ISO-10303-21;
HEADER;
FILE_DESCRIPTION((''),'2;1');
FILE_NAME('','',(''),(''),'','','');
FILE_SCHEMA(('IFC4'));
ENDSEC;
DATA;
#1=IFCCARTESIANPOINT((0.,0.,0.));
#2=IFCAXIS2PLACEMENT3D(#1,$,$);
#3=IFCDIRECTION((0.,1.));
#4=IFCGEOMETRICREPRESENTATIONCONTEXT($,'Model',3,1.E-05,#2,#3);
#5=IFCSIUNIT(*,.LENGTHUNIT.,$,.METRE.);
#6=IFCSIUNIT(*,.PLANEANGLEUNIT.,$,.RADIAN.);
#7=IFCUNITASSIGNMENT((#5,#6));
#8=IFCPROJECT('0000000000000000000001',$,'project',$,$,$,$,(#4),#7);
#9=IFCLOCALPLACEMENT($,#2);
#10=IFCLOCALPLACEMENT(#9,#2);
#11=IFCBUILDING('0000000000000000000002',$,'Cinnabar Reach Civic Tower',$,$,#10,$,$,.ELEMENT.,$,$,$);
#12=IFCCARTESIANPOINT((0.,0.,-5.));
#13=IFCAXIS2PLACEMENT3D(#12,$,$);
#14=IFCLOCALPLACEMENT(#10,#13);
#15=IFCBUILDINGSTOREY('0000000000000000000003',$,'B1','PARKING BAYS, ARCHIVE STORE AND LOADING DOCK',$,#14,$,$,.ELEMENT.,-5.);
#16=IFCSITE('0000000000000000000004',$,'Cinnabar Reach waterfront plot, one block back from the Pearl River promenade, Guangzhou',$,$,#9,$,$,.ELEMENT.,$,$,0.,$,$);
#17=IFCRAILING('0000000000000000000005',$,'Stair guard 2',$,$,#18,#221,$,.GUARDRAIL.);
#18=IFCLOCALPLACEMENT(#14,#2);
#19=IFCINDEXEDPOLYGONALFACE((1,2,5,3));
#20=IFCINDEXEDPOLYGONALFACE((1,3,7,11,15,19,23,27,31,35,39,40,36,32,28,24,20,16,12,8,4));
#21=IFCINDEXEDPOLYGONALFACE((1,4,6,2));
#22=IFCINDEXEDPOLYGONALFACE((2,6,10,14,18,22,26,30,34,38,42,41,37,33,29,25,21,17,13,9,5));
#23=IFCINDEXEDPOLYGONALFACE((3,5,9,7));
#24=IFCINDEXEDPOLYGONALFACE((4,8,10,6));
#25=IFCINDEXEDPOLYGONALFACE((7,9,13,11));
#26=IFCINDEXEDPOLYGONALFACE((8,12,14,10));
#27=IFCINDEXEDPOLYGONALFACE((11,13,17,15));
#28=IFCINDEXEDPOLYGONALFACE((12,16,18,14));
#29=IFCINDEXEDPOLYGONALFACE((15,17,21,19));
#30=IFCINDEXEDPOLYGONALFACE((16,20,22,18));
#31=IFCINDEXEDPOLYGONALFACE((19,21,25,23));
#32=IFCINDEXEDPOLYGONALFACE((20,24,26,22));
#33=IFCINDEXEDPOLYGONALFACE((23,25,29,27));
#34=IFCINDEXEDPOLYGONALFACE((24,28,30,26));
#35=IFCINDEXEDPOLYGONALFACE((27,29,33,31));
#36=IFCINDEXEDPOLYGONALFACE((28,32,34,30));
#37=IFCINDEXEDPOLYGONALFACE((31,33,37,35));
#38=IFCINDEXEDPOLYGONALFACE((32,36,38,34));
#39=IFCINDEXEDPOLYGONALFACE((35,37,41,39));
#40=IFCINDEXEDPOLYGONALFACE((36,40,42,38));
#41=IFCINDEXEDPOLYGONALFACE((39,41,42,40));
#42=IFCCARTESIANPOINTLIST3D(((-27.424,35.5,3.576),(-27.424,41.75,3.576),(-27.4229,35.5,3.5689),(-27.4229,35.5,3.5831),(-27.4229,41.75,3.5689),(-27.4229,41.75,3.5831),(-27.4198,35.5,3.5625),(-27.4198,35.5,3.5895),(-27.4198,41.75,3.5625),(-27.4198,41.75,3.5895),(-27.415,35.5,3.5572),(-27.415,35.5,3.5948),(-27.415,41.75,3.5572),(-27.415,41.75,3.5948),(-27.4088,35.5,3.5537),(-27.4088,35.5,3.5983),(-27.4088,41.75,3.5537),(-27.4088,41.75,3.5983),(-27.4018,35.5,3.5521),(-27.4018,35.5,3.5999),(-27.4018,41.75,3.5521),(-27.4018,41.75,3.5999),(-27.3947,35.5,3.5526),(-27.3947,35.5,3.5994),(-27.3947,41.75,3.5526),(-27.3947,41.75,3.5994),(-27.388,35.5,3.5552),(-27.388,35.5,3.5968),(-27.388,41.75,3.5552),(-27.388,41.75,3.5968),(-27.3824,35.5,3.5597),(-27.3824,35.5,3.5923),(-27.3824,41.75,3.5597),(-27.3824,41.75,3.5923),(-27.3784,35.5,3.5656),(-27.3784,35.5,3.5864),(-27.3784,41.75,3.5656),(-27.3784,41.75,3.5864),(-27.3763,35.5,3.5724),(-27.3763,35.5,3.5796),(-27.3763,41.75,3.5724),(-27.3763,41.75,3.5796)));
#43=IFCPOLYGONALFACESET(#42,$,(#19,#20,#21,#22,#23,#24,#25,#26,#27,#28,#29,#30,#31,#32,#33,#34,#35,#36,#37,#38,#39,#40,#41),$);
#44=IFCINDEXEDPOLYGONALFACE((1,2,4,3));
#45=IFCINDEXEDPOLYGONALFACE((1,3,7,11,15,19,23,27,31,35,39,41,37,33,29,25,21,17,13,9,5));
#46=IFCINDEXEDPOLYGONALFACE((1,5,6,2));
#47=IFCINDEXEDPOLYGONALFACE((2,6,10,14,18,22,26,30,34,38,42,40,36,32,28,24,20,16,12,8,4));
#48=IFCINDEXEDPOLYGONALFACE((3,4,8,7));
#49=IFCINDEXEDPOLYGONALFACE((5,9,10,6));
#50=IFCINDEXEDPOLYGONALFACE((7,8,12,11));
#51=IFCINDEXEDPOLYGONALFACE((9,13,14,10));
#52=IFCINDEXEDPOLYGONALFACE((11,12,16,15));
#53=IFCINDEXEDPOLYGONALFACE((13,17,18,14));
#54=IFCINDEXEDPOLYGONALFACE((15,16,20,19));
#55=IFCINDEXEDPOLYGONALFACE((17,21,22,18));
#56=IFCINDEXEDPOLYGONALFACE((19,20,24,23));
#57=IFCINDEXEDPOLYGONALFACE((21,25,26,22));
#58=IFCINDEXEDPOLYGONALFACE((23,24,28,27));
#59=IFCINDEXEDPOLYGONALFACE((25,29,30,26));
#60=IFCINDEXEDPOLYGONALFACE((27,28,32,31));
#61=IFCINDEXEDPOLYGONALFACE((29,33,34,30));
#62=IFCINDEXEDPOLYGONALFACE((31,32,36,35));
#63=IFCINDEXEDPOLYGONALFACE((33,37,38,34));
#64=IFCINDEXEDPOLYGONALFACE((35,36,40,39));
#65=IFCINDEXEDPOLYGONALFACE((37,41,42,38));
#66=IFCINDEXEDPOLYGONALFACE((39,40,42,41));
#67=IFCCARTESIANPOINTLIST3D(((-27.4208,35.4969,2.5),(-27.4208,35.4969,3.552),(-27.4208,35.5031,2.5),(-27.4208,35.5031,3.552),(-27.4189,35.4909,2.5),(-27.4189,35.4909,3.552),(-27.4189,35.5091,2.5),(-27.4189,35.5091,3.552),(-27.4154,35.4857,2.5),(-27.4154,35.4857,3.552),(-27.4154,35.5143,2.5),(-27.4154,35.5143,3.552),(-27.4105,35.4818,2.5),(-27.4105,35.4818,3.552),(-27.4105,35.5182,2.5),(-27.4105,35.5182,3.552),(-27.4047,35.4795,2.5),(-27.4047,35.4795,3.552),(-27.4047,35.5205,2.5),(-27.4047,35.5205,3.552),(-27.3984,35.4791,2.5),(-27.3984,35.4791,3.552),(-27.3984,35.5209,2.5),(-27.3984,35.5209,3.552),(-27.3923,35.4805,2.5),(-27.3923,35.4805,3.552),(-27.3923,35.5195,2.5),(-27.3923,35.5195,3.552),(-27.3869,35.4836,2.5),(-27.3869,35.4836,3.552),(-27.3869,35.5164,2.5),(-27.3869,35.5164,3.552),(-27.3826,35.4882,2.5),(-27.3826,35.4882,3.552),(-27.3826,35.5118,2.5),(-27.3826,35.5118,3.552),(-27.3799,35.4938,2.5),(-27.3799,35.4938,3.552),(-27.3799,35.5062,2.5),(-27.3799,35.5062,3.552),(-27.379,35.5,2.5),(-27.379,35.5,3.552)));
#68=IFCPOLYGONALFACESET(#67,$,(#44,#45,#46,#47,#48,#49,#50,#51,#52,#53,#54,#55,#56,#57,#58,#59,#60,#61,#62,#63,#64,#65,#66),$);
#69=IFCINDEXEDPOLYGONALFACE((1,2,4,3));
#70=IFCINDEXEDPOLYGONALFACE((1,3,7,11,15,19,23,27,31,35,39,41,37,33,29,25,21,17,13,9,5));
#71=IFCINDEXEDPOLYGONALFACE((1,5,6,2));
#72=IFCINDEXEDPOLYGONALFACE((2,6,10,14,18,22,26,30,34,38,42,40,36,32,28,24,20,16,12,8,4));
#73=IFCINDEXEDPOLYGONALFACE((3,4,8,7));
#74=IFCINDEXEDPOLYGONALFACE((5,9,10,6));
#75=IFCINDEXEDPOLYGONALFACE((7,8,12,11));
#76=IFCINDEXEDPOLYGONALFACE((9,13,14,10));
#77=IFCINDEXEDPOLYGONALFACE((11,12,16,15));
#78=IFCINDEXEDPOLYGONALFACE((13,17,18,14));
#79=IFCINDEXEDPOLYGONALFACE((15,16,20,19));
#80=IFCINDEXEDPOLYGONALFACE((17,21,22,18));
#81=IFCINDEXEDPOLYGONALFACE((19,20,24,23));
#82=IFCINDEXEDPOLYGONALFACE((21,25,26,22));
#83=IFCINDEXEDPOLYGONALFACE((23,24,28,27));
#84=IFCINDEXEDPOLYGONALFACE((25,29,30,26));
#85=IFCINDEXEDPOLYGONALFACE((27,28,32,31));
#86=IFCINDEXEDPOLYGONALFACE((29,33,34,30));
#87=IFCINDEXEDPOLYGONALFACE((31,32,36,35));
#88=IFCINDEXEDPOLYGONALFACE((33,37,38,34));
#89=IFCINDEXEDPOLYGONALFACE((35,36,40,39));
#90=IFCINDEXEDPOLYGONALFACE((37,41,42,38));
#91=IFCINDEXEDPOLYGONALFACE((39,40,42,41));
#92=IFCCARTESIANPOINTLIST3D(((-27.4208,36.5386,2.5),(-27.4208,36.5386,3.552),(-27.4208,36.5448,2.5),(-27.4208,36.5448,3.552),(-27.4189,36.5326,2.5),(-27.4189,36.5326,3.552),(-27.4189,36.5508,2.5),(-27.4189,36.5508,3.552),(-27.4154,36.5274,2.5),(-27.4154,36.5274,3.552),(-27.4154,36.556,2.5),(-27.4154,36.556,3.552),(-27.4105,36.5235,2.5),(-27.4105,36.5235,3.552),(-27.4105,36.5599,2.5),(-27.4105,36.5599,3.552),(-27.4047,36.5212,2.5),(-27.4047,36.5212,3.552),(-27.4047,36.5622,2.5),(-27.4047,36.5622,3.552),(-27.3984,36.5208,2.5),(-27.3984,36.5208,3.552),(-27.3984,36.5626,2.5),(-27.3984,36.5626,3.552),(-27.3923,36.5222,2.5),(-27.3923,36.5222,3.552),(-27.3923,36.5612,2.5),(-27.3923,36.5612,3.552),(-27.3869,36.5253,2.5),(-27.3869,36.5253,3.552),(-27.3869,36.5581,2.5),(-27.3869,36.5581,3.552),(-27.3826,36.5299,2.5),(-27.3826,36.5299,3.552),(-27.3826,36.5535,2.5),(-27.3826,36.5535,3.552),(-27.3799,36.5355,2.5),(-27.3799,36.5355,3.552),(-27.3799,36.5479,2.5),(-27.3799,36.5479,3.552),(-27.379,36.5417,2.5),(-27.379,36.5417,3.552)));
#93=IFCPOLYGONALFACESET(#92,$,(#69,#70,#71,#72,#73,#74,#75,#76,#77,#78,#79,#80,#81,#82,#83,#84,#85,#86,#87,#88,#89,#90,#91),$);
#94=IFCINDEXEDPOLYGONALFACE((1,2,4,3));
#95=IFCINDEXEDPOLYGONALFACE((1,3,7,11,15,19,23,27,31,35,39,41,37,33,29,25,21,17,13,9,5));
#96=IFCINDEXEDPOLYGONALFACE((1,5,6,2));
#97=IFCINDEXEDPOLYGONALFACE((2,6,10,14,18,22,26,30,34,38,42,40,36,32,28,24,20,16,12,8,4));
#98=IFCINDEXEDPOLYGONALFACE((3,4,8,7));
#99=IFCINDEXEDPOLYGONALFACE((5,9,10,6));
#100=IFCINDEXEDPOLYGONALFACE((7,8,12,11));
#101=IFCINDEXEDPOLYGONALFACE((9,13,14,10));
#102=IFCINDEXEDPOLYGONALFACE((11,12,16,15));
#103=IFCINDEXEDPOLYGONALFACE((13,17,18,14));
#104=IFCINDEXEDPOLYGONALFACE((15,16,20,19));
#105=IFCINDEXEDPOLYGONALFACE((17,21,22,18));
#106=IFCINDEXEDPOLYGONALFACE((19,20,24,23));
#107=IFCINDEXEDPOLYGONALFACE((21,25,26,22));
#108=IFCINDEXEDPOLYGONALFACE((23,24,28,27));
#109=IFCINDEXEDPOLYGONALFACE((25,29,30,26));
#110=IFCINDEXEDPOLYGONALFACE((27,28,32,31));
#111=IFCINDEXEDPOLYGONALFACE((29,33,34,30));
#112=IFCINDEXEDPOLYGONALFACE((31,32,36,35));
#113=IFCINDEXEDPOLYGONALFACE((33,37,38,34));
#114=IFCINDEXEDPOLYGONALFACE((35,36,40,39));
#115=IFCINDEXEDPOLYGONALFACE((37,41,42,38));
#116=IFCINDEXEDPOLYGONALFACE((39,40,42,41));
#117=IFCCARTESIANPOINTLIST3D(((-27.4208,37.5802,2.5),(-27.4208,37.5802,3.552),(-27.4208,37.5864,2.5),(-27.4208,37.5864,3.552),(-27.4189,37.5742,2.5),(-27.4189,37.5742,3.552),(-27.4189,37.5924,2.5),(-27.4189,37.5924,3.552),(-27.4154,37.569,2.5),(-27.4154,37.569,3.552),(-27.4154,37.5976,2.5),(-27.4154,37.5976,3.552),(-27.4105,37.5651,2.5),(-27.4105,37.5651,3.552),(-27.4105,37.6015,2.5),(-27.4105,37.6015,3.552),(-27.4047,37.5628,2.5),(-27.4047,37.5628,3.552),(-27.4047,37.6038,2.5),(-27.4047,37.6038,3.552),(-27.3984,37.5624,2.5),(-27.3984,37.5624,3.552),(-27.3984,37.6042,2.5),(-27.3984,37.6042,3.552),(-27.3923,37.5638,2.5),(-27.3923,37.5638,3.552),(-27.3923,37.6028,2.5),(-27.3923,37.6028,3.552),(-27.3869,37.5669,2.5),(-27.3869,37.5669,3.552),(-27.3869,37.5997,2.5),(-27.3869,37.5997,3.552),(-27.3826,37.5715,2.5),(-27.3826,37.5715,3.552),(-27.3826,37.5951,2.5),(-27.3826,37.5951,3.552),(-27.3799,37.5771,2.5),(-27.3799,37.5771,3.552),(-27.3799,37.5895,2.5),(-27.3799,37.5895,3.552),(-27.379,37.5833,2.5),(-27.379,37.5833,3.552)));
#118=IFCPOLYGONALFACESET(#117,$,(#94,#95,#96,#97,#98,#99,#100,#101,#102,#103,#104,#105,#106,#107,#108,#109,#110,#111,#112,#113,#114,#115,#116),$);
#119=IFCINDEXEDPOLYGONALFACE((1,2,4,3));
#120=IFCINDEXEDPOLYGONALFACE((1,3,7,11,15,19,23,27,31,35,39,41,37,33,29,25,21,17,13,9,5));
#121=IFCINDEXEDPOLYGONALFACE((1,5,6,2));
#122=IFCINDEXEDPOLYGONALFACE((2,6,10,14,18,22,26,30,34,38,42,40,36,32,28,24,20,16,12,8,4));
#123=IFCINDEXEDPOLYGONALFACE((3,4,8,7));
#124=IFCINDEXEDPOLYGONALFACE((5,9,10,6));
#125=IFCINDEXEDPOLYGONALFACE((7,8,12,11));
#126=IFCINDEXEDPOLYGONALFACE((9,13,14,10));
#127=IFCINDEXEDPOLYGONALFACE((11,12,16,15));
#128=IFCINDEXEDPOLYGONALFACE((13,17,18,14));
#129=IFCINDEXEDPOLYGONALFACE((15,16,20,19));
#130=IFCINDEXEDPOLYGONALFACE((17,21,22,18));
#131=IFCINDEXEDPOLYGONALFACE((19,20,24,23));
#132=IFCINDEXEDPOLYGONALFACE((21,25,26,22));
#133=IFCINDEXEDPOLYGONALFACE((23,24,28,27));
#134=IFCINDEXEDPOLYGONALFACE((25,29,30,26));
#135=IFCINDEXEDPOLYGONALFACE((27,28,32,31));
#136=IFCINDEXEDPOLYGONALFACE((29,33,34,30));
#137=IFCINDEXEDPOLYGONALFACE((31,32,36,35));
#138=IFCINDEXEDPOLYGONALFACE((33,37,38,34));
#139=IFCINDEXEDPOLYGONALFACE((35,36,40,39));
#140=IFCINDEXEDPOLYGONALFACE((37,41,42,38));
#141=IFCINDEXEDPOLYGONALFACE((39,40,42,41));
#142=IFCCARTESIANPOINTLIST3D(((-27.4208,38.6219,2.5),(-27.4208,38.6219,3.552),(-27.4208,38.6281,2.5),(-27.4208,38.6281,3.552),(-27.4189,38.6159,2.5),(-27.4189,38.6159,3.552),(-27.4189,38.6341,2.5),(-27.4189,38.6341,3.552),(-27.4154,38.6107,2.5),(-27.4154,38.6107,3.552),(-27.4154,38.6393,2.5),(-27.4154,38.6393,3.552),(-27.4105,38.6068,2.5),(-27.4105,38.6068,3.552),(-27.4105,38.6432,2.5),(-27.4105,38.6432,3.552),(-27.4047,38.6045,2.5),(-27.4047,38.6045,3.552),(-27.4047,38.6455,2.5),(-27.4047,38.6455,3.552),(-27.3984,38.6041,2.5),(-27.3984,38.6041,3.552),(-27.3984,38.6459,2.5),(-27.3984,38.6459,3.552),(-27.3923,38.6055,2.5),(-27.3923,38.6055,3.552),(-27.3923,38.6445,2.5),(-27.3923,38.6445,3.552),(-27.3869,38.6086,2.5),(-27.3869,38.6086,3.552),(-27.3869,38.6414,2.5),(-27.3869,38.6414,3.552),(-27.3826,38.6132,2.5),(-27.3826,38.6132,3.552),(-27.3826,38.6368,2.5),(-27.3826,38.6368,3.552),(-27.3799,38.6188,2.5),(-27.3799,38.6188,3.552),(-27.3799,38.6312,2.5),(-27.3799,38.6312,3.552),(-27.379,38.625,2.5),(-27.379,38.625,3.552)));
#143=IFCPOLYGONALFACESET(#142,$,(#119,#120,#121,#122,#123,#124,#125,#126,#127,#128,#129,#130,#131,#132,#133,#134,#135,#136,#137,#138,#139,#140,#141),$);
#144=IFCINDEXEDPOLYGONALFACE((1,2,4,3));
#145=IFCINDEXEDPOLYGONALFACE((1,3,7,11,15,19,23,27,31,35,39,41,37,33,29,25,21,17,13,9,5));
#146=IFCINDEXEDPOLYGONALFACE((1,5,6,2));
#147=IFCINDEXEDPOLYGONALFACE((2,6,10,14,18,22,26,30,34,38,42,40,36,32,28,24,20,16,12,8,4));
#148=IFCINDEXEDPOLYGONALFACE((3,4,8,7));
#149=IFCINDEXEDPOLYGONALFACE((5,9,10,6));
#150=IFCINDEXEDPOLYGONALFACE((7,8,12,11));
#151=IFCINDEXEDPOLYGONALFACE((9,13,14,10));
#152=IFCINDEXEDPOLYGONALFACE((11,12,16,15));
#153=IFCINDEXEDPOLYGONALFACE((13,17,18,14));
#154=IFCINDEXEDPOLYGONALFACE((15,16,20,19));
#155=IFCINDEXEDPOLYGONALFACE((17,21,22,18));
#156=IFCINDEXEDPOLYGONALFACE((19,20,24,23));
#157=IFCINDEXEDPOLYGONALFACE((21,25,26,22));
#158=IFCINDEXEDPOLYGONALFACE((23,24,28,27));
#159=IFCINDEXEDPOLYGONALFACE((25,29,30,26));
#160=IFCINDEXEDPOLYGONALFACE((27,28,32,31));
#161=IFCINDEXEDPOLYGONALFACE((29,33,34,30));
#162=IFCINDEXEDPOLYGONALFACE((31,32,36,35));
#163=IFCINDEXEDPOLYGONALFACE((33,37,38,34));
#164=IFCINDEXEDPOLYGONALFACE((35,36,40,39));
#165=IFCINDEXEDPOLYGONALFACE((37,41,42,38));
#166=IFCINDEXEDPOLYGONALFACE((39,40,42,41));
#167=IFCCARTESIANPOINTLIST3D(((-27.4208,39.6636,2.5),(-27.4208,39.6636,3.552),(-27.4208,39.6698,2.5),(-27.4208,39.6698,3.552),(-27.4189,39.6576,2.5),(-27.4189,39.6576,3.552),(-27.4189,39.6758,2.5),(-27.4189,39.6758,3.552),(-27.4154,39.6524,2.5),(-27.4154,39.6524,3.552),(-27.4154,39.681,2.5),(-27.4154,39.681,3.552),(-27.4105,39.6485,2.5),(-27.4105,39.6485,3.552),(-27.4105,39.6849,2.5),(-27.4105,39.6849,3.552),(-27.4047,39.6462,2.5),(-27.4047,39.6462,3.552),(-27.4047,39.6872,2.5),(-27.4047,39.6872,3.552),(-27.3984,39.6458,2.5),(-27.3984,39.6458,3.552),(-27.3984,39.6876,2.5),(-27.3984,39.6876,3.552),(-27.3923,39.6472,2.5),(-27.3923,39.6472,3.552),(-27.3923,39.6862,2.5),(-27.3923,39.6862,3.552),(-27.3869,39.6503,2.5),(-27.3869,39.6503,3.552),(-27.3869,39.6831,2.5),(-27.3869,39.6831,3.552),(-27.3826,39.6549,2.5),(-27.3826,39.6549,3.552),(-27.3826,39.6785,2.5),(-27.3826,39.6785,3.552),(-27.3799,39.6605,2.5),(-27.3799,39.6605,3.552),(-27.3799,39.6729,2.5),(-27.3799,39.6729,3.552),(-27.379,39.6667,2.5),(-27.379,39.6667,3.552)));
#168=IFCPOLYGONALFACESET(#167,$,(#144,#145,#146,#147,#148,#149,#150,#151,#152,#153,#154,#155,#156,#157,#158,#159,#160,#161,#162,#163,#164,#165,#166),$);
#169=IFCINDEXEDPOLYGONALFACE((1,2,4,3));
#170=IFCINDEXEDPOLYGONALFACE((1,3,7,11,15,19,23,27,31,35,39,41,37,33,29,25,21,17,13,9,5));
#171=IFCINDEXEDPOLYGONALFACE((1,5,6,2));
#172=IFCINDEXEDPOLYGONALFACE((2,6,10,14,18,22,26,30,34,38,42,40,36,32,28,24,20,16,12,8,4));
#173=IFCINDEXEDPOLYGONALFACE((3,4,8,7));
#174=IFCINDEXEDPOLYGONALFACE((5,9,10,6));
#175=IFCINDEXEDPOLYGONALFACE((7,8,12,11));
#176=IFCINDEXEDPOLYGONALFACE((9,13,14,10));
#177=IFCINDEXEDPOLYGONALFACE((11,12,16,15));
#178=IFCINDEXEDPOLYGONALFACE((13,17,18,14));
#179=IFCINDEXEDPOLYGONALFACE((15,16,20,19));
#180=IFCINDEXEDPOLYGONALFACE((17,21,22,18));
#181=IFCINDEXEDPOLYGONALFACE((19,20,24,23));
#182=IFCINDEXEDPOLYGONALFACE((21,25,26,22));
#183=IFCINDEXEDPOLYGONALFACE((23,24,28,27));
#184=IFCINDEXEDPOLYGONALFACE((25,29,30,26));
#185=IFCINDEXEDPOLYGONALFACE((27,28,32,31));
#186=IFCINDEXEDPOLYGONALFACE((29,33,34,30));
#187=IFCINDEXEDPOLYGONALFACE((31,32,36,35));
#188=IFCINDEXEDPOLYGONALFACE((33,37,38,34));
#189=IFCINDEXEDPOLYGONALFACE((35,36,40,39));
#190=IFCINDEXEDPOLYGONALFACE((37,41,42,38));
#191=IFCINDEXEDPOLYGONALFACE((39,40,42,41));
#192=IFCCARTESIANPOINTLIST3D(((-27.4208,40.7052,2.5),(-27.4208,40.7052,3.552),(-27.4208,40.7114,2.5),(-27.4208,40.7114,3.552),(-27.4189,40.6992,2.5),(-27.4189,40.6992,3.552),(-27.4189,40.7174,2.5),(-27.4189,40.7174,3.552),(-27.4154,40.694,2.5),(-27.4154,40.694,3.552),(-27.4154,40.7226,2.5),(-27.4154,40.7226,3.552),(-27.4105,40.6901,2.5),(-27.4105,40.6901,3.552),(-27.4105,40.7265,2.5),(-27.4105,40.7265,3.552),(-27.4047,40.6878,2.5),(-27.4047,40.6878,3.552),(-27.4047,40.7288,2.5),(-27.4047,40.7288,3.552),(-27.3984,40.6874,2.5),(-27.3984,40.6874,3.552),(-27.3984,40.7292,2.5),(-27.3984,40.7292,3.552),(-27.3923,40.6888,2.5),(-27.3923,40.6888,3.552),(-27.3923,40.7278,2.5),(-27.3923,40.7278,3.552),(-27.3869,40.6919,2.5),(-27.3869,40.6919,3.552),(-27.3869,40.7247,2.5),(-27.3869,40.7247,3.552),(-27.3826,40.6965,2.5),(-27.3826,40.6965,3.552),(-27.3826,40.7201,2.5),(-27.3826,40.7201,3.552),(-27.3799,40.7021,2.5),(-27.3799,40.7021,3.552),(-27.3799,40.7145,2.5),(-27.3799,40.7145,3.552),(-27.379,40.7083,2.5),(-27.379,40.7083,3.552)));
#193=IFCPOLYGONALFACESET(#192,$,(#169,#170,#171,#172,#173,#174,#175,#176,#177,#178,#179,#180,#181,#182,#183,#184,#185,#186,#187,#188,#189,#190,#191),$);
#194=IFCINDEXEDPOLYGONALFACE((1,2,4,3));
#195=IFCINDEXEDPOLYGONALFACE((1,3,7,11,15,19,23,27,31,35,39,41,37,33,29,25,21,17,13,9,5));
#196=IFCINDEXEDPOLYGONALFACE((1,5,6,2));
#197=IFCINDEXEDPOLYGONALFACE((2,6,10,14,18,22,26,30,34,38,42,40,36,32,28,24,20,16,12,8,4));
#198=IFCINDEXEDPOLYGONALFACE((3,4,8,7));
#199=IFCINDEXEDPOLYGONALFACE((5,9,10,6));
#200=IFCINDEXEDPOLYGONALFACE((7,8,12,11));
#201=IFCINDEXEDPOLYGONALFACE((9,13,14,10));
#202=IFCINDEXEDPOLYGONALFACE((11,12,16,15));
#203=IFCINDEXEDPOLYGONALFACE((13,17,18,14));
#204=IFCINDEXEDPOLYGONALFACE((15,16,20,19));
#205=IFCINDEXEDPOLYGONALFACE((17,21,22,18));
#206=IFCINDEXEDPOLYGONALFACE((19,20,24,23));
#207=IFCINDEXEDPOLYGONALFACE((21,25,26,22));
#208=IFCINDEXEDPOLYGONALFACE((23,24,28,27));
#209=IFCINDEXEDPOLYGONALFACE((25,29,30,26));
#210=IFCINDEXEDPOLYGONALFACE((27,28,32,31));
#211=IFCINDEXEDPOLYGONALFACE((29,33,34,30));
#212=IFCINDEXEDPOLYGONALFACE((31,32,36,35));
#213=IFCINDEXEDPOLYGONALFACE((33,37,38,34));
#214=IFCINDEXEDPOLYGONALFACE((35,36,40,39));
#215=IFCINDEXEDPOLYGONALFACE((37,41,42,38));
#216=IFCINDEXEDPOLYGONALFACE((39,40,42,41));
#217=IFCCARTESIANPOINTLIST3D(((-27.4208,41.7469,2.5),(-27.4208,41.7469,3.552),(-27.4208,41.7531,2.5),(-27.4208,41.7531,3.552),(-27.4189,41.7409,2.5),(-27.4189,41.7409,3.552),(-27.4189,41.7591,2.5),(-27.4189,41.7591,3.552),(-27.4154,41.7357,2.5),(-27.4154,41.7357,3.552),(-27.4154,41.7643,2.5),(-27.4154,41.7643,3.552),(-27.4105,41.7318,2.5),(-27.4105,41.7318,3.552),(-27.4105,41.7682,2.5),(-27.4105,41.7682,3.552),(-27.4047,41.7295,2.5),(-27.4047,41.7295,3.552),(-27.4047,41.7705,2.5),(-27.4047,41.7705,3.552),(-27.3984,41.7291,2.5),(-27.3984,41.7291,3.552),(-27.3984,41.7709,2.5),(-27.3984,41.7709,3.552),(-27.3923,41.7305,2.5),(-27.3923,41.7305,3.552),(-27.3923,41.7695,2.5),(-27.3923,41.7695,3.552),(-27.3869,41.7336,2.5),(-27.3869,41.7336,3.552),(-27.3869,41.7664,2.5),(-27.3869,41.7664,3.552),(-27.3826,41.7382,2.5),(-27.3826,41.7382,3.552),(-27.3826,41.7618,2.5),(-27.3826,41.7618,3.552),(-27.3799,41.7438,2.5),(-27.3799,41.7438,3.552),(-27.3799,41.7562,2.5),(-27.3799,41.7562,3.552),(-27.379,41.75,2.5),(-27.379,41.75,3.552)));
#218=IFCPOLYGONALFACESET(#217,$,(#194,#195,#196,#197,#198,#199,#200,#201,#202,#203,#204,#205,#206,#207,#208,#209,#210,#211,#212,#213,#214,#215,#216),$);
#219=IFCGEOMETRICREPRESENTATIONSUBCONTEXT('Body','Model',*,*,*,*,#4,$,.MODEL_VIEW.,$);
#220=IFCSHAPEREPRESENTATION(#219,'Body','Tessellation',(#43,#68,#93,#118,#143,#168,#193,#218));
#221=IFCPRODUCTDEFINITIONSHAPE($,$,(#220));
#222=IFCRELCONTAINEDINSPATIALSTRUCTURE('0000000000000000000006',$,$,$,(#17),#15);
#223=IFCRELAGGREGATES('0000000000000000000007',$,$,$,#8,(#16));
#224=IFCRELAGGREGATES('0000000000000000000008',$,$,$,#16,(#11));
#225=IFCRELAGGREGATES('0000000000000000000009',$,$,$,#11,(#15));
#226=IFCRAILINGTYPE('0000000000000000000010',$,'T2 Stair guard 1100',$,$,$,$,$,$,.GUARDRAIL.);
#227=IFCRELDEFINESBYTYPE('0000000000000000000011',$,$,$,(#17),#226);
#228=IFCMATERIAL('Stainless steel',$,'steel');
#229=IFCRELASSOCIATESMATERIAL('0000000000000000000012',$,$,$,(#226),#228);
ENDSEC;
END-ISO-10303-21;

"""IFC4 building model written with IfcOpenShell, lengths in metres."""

from ifc_helpers import new_model, si_unit, direction, frame, origin, origin_2d, place, context, subcontext, project, spatial, circle, extrude, material, type_object, element, save


model = new_model("IFC4")

# Units and contexts
model_context = context("Model", 3, precision=1e-05, world=origin(), true_north=direction((0.0, 1.0)))
body_context = subcontext(model_context, "Body", "Model", "MODEL_VIEW")
ifc_project = project(units=[si_unit("LENGTHUNIT", "METRE"), si_unit("PLANEANGLEUNIT", "RADIAN")], contexts=[model_context])

# Site, building, storey
site_placement = place(None, origin())
site = spatial("IfcSite", under=ifc_project, at=site_placement, Name="Cinnabar Reach waterfront plot, one block back from the Pearl River promenade, Guangzhou", CompositionType="ELEMENT", RefElevation=0.0)
building_placement = place(site_placement, origin())
building = spatial("IfcBuilding", under=site, at=building_placement, Name="Cinnabar Reach Civic Tower", CompositionType="ELEMENT")
storey_placement = place(building_placement, frame((0.0, 0.0, -5.0)))
storey = spatial("IfcBuildingStorey", under=building, at=storey_placement, Name="B1", Description="PARKING BAYS, ARCHIVE STORE AND LOADING DOCK", CompositionType="ELEMENT", Elevation=-5.0)

# Railing
ifc_material_1 = material(Name="Stainless steel", Category="steel")
railing_type = type_object("IfcRailingType", Name="T2 Stair guard 1100", PredefinedType="GUARDRAIL", material=ifc_material_1)
for number, where, name in (
    (1, (-27.4, 35.5, 2.5), "Stair guard 2"),
):
    element("IfcRailing", number, at=place(storey_placement, frame(where)), inside=storey, type_object=railing_type, Name=name, PredefinedType="GUARDRAIL", context=body_context, shape_type="SweptSolid", body=[
        extrude(circle(Radius=0.024, at=origin_2d()), frame((0.0, 0.0, 1.076), z_axis=(0.0, 1.0, 0.0), x_axis=(-1.0, 0.0, 0.0)), (0.0, 0.0, 1.0), 6.25),
        extrude(circle(Radius=0.021, at=origin_2d()), origin(), (0.0, 0.0, 1.0), 1.052),
        extrude(circle(Radius=0.021, at=origin_2d()), frame((0.0, 1.0417, 0.0)), (0.0, 0.0, 1.0), 1.052),
        extrude(circle(Radius=0.021, at=origin_2d()), frame((0.0, 2.0833, 0.0)), (0.0, 0.0, 1.0), 1.052),
        extrude(circle(Radius=0.021, at=origin_2d()), frame((0.0, 3.125, 0.0)), (0.0, 0.0, 1.0), 1.052),
        extrude(circle(Radius=0.021, at=origin_2d()), frame((0.0, 4.1667, 0.0)), (0.0, 0.0, 1.0), 1.052),
        extrude(circle(Radius=0.021, at=origin_2d()), frame((0.0, 5.2083, 0.0)), (0.0, 0.0, 1.0), 1.052),
        extrude(circle(Radius=0.021, at=origin_2d()), frame((0.0, 6.25, 0.0)), (0.0, 0.0, 1.0), 1.052),
    ])

save(model, "model.ifc")
